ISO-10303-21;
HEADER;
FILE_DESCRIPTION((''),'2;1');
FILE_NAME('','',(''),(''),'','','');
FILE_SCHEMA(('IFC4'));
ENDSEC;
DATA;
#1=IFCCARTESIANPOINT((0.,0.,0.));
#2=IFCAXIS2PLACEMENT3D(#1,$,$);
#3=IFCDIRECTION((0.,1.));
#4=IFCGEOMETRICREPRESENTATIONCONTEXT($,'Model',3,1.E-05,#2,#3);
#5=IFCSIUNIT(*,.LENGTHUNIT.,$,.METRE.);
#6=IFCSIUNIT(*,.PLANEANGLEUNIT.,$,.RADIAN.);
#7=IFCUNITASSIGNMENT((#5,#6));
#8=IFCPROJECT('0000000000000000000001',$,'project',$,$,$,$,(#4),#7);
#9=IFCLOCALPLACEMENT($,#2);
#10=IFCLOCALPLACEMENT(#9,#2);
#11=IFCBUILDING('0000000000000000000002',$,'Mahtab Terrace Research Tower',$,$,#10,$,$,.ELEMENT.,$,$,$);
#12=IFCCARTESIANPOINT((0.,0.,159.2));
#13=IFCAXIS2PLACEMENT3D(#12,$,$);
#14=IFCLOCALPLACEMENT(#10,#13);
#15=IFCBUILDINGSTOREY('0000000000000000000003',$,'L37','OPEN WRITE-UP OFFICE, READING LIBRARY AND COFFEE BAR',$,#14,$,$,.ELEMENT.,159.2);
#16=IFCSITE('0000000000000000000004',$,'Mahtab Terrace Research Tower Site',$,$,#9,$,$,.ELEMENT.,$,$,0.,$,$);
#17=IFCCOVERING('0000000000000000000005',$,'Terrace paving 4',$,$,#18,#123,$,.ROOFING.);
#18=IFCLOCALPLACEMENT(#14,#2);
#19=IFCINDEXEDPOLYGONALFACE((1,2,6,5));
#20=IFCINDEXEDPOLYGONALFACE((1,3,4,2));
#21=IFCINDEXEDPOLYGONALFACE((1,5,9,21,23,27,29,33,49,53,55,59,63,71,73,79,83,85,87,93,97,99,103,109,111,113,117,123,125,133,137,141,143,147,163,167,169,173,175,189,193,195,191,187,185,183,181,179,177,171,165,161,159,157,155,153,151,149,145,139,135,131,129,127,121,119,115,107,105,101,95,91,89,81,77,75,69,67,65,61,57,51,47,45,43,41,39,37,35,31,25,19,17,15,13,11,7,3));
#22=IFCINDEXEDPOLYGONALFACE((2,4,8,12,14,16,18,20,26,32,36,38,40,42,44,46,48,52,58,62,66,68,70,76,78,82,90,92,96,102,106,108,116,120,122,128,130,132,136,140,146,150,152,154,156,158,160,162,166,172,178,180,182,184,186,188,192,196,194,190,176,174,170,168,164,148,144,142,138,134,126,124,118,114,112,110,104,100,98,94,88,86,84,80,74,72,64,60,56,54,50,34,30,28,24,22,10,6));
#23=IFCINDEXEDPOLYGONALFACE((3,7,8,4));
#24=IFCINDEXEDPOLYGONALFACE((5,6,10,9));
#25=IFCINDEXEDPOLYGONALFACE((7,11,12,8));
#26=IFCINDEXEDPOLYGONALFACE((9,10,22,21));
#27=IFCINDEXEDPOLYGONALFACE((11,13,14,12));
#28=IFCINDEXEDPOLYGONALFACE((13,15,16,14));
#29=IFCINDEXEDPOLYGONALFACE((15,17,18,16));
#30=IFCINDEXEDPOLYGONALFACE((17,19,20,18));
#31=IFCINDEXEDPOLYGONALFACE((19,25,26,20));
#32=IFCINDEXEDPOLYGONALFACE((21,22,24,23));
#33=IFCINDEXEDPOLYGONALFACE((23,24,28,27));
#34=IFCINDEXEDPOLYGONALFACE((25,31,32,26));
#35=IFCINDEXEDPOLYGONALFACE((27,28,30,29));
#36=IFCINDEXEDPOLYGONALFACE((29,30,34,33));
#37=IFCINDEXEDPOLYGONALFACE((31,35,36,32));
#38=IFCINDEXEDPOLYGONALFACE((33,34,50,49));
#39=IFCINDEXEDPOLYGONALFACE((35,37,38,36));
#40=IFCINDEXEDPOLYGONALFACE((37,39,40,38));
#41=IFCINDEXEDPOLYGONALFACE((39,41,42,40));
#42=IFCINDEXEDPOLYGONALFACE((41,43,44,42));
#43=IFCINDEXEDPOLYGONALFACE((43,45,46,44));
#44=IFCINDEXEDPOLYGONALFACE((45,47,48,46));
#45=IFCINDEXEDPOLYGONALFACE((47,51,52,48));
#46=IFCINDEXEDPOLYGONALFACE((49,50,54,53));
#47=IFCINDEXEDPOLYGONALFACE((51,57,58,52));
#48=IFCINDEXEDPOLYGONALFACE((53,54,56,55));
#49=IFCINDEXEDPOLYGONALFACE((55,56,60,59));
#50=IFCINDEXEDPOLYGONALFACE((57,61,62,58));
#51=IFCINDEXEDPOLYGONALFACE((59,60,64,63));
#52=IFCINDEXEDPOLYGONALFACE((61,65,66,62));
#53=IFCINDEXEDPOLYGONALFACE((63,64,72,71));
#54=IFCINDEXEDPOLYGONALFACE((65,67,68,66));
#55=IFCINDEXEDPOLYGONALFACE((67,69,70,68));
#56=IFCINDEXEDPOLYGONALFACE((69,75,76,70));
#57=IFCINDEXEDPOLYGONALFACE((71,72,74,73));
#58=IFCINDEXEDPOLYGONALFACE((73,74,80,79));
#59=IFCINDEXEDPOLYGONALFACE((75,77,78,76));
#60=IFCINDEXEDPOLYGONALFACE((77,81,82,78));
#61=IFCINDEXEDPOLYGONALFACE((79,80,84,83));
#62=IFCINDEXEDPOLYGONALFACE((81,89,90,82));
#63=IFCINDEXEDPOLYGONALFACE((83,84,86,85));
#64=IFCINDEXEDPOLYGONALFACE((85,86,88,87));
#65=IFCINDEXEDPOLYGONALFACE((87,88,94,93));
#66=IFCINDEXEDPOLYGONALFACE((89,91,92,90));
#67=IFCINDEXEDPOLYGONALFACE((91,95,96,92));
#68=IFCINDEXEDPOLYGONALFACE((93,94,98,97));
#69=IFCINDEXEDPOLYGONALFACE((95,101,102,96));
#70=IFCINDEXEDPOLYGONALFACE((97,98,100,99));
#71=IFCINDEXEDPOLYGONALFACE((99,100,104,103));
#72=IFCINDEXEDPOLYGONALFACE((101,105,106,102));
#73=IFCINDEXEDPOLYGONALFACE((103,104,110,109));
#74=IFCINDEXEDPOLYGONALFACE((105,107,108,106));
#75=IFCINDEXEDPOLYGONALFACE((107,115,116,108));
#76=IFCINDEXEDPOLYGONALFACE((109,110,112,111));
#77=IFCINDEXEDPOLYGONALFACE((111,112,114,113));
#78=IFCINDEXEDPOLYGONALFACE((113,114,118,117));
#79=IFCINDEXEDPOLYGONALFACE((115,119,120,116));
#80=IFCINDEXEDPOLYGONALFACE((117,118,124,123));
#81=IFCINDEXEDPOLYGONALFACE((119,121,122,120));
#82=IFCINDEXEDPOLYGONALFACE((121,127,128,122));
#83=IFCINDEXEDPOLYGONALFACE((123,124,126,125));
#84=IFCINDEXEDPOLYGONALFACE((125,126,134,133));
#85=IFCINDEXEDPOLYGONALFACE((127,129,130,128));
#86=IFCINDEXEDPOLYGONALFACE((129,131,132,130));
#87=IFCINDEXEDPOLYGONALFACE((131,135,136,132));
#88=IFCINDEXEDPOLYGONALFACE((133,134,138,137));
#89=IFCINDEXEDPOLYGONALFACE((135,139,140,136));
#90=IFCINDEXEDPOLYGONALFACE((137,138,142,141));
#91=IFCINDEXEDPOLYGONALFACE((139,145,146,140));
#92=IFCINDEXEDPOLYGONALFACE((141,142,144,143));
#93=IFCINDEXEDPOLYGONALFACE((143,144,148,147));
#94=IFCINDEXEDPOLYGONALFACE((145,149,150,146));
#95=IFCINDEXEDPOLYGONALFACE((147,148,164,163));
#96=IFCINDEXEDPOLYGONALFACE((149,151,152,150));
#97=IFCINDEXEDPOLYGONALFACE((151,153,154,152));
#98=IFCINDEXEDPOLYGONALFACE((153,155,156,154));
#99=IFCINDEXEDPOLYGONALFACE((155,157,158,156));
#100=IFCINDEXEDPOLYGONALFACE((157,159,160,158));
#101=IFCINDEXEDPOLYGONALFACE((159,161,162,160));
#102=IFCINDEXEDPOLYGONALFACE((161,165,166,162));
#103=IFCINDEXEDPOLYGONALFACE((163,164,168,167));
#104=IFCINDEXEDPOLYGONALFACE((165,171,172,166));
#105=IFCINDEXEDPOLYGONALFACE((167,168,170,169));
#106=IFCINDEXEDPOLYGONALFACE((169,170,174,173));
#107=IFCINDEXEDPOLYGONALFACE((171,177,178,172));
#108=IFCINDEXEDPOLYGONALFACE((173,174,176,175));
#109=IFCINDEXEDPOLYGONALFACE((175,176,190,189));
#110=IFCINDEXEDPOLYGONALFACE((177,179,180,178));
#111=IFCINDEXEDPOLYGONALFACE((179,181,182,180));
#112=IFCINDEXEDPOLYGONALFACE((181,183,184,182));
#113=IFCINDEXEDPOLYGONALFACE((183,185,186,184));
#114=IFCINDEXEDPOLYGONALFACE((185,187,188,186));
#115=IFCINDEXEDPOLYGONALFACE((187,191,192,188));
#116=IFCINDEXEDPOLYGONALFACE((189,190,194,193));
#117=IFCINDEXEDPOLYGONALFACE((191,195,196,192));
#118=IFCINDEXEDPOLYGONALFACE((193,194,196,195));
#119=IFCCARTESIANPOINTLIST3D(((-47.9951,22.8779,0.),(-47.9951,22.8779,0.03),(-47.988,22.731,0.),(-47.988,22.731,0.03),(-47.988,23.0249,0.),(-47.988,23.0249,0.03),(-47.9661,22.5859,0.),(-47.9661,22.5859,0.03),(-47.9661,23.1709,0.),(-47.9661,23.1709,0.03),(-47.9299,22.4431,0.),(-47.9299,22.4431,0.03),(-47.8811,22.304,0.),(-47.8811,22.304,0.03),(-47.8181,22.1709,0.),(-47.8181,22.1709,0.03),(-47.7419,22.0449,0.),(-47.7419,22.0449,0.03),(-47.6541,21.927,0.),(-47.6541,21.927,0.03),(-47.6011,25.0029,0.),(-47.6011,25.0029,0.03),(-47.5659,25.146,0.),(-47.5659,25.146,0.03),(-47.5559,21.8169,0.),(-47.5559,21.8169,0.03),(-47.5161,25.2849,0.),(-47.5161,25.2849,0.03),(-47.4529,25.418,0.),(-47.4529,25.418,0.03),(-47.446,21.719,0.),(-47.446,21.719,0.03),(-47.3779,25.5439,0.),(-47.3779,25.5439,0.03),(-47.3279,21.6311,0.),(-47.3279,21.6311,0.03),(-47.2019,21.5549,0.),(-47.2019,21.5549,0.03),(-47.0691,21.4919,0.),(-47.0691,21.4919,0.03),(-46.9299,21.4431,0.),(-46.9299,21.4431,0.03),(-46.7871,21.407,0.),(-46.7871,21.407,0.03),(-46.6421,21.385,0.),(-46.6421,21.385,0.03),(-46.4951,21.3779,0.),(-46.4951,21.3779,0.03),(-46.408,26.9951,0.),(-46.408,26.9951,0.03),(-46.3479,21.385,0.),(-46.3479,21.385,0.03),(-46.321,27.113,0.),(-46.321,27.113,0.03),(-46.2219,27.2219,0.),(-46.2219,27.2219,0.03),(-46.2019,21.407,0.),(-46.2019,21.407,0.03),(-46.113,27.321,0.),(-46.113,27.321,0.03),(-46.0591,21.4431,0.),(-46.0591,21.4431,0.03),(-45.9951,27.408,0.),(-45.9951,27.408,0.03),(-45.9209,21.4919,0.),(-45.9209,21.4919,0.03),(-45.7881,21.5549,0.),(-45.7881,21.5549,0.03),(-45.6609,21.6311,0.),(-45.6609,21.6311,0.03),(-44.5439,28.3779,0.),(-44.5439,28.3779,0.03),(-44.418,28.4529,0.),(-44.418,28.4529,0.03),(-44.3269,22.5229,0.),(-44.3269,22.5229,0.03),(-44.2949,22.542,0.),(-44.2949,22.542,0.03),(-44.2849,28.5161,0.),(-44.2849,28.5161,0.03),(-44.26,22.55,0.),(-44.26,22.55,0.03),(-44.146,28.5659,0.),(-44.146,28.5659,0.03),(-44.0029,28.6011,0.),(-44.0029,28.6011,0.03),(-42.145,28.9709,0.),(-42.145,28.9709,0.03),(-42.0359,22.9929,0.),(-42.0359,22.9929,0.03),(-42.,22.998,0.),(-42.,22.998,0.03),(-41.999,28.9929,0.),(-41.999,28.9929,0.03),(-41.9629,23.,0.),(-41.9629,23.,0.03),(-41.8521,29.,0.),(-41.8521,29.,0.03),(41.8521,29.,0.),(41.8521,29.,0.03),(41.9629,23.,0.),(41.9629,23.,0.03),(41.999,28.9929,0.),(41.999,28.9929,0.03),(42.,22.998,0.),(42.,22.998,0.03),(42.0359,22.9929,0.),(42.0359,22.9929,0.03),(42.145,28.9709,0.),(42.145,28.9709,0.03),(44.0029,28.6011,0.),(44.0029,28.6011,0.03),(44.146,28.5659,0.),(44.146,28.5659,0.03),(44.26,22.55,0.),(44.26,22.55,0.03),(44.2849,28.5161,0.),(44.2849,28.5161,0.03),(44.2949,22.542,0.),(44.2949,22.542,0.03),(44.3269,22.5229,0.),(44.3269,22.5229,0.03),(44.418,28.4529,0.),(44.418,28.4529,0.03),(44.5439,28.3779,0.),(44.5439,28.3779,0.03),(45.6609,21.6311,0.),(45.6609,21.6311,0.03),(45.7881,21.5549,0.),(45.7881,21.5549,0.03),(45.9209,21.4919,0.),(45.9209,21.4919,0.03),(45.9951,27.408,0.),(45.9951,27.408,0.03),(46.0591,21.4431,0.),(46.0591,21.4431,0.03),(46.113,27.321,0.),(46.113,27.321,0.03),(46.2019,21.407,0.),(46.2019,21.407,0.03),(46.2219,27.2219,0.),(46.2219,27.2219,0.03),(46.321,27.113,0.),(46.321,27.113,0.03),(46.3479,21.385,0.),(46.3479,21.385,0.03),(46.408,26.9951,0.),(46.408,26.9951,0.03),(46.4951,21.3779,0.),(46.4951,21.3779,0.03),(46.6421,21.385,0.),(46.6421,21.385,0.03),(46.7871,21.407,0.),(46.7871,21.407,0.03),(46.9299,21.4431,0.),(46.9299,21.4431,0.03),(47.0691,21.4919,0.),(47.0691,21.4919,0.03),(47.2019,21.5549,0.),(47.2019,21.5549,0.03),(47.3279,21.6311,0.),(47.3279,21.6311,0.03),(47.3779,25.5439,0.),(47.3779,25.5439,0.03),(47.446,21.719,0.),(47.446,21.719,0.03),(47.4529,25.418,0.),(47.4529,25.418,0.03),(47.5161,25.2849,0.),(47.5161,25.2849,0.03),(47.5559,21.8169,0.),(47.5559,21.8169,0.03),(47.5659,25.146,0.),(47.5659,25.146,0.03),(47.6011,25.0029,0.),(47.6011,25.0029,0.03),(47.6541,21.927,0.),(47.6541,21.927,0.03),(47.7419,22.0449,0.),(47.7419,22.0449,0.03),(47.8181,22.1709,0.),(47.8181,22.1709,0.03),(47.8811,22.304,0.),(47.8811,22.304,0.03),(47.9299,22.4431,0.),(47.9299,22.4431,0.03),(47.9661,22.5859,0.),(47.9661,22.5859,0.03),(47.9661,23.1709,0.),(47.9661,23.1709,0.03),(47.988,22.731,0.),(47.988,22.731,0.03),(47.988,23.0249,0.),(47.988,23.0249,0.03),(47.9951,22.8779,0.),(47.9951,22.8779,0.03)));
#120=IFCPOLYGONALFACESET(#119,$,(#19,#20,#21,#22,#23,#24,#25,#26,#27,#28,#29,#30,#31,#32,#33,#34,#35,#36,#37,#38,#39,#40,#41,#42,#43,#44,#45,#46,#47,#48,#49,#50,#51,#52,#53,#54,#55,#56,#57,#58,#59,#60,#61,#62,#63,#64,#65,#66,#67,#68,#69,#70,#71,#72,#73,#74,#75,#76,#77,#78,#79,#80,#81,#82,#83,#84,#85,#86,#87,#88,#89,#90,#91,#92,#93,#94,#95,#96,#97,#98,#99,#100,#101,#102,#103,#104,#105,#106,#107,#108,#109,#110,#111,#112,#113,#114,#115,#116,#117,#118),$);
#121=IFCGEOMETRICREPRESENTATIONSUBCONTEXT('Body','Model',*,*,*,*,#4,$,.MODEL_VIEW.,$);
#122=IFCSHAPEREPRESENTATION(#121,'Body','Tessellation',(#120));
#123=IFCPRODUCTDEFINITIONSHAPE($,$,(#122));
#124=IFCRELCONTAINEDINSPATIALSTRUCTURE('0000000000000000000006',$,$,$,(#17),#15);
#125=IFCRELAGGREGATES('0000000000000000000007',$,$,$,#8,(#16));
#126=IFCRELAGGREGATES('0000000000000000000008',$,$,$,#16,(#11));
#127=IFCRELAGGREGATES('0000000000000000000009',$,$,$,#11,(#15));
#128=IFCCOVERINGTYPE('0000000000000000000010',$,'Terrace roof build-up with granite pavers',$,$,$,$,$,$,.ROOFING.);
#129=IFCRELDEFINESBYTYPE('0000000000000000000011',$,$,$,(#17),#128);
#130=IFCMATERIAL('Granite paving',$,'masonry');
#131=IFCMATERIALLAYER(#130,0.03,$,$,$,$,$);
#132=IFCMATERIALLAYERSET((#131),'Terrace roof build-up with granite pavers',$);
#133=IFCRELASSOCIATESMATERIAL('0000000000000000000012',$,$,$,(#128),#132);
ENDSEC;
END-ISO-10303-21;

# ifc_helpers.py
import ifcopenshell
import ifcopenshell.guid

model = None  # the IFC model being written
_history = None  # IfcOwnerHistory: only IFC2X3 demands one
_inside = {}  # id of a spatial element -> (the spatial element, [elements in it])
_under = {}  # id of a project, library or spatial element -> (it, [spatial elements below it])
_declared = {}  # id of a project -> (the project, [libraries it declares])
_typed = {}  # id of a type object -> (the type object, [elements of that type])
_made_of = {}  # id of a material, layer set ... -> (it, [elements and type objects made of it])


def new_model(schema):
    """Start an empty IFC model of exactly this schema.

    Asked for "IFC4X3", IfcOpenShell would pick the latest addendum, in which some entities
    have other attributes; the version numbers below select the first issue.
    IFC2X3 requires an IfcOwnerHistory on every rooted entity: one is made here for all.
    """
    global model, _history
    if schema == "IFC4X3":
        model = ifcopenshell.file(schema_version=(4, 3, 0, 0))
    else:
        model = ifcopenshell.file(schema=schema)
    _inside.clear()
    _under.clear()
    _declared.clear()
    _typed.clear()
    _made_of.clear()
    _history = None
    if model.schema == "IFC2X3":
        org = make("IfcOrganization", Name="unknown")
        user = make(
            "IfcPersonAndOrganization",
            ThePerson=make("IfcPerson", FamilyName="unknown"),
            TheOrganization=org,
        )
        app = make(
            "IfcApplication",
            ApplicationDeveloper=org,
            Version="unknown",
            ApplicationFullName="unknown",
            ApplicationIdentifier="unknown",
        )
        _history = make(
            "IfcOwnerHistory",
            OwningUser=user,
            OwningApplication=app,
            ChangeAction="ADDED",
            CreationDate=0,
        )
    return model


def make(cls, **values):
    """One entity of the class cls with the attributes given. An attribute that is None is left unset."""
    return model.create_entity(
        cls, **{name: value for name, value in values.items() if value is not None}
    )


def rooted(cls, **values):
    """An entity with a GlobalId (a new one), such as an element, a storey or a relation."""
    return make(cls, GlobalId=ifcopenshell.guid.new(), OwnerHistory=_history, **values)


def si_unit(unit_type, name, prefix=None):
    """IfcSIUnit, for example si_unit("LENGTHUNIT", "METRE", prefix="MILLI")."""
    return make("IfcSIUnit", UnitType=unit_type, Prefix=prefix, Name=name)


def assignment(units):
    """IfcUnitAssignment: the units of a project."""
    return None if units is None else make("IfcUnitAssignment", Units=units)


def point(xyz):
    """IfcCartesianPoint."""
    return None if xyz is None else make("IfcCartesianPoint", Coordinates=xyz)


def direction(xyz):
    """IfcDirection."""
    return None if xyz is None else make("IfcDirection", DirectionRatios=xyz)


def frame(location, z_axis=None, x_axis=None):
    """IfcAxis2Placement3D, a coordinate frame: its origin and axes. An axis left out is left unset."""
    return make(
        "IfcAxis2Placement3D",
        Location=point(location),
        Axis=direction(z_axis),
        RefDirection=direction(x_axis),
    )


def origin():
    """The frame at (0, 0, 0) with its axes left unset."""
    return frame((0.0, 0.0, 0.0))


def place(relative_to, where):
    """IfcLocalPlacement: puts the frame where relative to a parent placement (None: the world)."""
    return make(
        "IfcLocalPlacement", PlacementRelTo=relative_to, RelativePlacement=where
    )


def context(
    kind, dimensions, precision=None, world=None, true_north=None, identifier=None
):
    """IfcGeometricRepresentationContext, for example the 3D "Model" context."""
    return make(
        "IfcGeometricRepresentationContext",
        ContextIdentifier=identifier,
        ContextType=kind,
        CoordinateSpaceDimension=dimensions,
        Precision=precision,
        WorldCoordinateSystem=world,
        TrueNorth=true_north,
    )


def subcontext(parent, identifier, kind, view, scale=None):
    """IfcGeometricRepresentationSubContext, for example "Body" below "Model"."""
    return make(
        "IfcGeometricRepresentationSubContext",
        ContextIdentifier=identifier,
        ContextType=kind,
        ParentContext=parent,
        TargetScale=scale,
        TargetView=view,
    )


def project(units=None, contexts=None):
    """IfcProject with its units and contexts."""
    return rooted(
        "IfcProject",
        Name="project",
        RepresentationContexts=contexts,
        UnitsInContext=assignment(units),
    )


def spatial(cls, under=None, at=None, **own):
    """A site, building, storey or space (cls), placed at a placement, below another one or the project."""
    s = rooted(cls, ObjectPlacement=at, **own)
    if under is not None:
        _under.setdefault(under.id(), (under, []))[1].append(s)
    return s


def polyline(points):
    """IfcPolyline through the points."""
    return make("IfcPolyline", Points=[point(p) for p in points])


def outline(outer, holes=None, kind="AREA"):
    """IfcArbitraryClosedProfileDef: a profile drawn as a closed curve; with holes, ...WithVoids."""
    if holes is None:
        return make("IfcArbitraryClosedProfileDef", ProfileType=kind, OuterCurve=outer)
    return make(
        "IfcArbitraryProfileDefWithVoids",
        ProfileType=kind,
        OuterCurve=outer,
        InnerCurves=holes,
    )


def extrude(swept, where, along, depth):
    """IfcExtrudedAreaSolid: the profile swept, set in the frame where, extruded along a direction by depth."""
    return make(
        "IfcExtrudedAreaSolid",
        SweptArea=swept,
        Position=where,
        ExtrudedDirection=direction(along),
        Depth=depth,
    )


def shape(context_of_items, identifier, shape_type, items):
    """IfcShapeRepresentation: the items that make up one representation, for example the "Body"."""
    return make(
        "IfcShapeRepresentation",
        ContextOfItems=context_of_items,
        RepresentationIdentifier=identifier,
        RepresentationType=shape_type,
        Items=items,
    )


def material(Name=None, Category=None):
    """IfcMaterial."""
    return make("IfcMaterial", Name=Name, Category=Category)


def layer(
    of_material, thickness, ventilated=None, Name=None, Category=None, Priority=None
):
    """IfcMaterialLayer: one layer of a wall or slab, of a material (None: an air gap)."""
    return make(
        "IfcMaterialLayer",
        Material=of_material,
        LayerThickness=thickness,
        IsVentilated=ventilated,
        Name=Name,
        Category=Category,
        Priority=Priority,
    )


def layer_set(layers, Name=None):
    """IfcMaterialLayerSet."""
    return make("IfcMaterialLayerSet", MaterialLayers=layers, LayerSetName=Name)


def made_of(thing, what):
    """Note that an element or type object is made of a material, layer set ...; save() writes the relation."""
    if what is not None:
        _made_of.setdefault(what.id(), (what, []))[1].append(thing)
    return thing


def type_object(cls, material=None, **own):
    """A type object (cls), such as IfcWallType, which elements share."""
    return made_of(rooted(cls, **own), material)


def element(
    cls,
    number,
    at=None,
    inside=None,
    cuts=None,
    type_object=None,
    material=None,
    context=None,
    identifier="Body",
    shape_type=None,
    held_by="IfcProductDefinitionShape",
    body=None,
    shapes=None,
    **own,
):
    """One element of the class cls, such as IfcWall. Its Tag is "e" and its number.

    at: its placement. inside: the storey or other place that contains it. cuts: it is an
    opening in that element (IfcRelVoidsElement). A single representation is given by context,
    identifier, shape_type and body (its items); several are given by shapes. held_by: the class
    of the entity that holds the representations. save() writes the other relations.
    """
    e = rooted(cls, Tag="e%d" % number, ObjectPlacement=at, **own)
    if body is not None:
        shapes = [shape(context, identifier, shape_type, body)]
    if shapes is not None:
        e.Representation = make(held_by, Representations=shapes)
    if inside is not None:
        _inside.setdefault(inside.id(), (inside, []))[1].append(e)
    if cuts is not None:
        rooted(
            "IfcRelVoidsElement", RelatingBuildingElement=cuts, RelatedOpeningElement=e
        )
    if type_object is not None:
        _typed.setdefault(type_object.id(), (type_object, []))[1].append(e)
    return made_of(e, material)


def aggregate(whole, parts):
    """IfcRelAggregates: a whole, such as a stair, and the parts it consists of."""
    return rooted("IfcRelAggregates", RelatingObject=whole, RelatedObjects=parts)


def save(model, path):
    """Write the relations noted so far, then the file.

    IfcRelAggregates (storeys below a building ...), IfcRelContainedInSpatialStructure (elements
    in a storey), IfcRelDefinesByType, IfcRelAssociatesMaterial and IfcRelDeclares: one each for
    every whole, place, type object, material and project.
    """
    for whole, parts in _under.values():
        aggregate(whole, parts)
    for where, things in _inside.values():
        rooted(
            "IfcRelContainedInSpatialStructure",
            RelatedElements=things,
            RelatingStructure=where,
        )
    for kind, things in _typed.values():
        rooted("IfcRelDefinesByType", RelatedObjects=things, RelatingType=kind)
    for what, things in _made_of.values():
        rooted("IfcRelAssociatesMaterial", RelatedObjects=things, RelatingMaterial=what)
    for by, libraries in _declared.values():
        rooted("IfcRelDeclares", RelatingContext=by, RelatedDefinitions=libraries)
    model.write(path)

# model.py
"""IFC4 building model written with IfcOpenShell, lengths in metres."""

from ifc_helpers import new_model, si_unit, direction, frame, origin, place, context, subcontext, project, spatial, polyline, outline, extrude, material, layer, layer_set, type_object, element, save


model = new_model("IFC4")

# Units and contexts
model_context = context("Model", 3, precision=1e-05, world=origin(), true_north=direction((0.0, 1.0)))
body_context = subcontext(model_context, "Body", "Model", "MODEL_VIEW")
ifc_project = project(units=[si_unit("LENGTHUNIT", "METRE"), si_unit("PLANEANGLEUNIT", "RADIAN")], contexts=[model_context])

# Site, building, storey
site_placement = place(None, origin())
site = spatial("IfcSite", under=ifc_project, at=site_placement, Name="Mahtab Terrace Research Tower Site", CompositionType="ELEMENT", RefElevation=0.0)
building_placement = place(site_placement, origin())
building = spatial("IfcBuilding", under=site, at=building_placement, Name="Mahtab Terrace Research Tower", CompositionType="ELEMENT")
storey_placement = place(building_placement, frame((0.0, 0.0, 159.2)))
storey = spatial("IfcBuildingStorey", under=building, at=storey_placement, Name="L37", Description="OPEN WRITE-UP OFFICE, READING LIBRARY AND COFFEE BAR", CompositionType="ELEMENT", Elevation=159.2)

# Covering
ifc_material_1 = material(Name="Granite paving", Category="masonry")
ifc_layer_1 = layer(ifc_material_1, 0.03)
ifc_layer_set_1 = layer_set([ifc_layer_1], Name="Terrace roof build-up with granite pavers")
covering_type_1 = type_object("IfcCoveringType", Name="Terrace roof build-up with granite pavers", PredefinedType="ROOFING", material=ifc_layer_set_1)
covering_1_placement = place(storey_placement, origin())
element("IfcCovering", 1, at=covering_1_placement, inside=storey, type_object=covering_type_1, Name="Terrace paving 4", PredefinedType="ROOFING", context=body_context, shape_type="SweptSolid", body=[
    extrude(outline(polyline([(-44.3269, 22.5229), (-44.2949, 22.542), (-44.26, 22.55), (-42.0359, 22.9929), (-42.0, 22.998), (-41.9629, 23.0), (41.9629, 23.0), (42.0, 22.998), (42.0359, 22.9929), (44.26, 22.55), (44.2949, 22.542), (44.3269, 22.5229), (45.6609, 21.6311), (45.7881, 21.5549), (45.9209, 21.4919), (46.0591, 21.4431), (46.2019, 21.407), (46.3479, 21.385), (46.4951, 21.3779), (46.6421, 21.385), (46.7871, 21.407), (46.9299, 21.4431), (47.0691, 21.4919), (47.2019, 21.5549), (47.3279, 21.6311), (47.446, 21.719), (47.5559, 21.8169), (47.6541, 21.927), (47.7419, 22.0449), (47.8181, 22.1709), (47.8811, 22.304), (47.9299, 22.4431), (47.9661, 22.5859), (47.988, 22.731), (47.9951, 22.8779), (47.988, 23.0249), (47.9661, 23.1709), (47.6011, 25.0029), (47.5659, 25.146), (47.5161, 25.2849), (47.4529, 25.418), (47.3779, 25.5439), (46.408, 26.9951), (46.321, 27.113), (46.2219, 27.2219), (46.113, 27.321), (45.9951, 27.408), (44.5439, 28.3779), (44.418, 28.4529), (44.2849, 28.5161), (44.146, 28.5659), (44.0029, 28.6011), (42.145, 28.9709), (41.999, 28.9929), (41.8521, 29.0), (-41.8521, 29.0), (-41.999, 28.9929), (-42.145, 28.9709), (-44.0029, 28.6011), (-44.146, 28.5659), (-44.2849, 28.5161), (-44.418, 28.4529), (-44.5439, 28.3779), (-45.9951, 27.408), (-46.113, 27.321), (-46.2219, 27.2219), (-46.321, 27.113), (-46.408, 26.9951), (-47.3779, 25.5439), (-47.4529, 25.418), (-47.5161, 25.2849), (-47.5659, 25.146), (-47.6011, 25.0029), (-47.9661, 23.1709), (-47.988, 23.0249), (-47.9951, 22.8779), (-47.988, 22.731), (-47.9661, 22.5859), (-47.9299, 22.4431), (-47.8811, 22.304), (-47.8181, 22.1709), (-47.7419, 22.0449), (-47.6541, 21.927), (-47.5559, 21.8169), (-47.446, 21.719), (-47.3279, 21.6311), (-47.2019, 21.5549), (-47.0691, 21.4919), (-46.9299, 21.4431), (-46.7871, 21.407), (-46.6421, 21.385), (-46.4951, 21.3779), (-46.3479, 21.385), (-46.2019, 21.407), (-46.0591, 21.4431), (-45.9209, 21.4919), (-45.7881, 21.5549), (-45.6609, 21.6311), (-44.3269, 22.5229)])), origin(), (0.0, 0.0, 1.0), 0.03),
])

save(model, "model.ifc")
